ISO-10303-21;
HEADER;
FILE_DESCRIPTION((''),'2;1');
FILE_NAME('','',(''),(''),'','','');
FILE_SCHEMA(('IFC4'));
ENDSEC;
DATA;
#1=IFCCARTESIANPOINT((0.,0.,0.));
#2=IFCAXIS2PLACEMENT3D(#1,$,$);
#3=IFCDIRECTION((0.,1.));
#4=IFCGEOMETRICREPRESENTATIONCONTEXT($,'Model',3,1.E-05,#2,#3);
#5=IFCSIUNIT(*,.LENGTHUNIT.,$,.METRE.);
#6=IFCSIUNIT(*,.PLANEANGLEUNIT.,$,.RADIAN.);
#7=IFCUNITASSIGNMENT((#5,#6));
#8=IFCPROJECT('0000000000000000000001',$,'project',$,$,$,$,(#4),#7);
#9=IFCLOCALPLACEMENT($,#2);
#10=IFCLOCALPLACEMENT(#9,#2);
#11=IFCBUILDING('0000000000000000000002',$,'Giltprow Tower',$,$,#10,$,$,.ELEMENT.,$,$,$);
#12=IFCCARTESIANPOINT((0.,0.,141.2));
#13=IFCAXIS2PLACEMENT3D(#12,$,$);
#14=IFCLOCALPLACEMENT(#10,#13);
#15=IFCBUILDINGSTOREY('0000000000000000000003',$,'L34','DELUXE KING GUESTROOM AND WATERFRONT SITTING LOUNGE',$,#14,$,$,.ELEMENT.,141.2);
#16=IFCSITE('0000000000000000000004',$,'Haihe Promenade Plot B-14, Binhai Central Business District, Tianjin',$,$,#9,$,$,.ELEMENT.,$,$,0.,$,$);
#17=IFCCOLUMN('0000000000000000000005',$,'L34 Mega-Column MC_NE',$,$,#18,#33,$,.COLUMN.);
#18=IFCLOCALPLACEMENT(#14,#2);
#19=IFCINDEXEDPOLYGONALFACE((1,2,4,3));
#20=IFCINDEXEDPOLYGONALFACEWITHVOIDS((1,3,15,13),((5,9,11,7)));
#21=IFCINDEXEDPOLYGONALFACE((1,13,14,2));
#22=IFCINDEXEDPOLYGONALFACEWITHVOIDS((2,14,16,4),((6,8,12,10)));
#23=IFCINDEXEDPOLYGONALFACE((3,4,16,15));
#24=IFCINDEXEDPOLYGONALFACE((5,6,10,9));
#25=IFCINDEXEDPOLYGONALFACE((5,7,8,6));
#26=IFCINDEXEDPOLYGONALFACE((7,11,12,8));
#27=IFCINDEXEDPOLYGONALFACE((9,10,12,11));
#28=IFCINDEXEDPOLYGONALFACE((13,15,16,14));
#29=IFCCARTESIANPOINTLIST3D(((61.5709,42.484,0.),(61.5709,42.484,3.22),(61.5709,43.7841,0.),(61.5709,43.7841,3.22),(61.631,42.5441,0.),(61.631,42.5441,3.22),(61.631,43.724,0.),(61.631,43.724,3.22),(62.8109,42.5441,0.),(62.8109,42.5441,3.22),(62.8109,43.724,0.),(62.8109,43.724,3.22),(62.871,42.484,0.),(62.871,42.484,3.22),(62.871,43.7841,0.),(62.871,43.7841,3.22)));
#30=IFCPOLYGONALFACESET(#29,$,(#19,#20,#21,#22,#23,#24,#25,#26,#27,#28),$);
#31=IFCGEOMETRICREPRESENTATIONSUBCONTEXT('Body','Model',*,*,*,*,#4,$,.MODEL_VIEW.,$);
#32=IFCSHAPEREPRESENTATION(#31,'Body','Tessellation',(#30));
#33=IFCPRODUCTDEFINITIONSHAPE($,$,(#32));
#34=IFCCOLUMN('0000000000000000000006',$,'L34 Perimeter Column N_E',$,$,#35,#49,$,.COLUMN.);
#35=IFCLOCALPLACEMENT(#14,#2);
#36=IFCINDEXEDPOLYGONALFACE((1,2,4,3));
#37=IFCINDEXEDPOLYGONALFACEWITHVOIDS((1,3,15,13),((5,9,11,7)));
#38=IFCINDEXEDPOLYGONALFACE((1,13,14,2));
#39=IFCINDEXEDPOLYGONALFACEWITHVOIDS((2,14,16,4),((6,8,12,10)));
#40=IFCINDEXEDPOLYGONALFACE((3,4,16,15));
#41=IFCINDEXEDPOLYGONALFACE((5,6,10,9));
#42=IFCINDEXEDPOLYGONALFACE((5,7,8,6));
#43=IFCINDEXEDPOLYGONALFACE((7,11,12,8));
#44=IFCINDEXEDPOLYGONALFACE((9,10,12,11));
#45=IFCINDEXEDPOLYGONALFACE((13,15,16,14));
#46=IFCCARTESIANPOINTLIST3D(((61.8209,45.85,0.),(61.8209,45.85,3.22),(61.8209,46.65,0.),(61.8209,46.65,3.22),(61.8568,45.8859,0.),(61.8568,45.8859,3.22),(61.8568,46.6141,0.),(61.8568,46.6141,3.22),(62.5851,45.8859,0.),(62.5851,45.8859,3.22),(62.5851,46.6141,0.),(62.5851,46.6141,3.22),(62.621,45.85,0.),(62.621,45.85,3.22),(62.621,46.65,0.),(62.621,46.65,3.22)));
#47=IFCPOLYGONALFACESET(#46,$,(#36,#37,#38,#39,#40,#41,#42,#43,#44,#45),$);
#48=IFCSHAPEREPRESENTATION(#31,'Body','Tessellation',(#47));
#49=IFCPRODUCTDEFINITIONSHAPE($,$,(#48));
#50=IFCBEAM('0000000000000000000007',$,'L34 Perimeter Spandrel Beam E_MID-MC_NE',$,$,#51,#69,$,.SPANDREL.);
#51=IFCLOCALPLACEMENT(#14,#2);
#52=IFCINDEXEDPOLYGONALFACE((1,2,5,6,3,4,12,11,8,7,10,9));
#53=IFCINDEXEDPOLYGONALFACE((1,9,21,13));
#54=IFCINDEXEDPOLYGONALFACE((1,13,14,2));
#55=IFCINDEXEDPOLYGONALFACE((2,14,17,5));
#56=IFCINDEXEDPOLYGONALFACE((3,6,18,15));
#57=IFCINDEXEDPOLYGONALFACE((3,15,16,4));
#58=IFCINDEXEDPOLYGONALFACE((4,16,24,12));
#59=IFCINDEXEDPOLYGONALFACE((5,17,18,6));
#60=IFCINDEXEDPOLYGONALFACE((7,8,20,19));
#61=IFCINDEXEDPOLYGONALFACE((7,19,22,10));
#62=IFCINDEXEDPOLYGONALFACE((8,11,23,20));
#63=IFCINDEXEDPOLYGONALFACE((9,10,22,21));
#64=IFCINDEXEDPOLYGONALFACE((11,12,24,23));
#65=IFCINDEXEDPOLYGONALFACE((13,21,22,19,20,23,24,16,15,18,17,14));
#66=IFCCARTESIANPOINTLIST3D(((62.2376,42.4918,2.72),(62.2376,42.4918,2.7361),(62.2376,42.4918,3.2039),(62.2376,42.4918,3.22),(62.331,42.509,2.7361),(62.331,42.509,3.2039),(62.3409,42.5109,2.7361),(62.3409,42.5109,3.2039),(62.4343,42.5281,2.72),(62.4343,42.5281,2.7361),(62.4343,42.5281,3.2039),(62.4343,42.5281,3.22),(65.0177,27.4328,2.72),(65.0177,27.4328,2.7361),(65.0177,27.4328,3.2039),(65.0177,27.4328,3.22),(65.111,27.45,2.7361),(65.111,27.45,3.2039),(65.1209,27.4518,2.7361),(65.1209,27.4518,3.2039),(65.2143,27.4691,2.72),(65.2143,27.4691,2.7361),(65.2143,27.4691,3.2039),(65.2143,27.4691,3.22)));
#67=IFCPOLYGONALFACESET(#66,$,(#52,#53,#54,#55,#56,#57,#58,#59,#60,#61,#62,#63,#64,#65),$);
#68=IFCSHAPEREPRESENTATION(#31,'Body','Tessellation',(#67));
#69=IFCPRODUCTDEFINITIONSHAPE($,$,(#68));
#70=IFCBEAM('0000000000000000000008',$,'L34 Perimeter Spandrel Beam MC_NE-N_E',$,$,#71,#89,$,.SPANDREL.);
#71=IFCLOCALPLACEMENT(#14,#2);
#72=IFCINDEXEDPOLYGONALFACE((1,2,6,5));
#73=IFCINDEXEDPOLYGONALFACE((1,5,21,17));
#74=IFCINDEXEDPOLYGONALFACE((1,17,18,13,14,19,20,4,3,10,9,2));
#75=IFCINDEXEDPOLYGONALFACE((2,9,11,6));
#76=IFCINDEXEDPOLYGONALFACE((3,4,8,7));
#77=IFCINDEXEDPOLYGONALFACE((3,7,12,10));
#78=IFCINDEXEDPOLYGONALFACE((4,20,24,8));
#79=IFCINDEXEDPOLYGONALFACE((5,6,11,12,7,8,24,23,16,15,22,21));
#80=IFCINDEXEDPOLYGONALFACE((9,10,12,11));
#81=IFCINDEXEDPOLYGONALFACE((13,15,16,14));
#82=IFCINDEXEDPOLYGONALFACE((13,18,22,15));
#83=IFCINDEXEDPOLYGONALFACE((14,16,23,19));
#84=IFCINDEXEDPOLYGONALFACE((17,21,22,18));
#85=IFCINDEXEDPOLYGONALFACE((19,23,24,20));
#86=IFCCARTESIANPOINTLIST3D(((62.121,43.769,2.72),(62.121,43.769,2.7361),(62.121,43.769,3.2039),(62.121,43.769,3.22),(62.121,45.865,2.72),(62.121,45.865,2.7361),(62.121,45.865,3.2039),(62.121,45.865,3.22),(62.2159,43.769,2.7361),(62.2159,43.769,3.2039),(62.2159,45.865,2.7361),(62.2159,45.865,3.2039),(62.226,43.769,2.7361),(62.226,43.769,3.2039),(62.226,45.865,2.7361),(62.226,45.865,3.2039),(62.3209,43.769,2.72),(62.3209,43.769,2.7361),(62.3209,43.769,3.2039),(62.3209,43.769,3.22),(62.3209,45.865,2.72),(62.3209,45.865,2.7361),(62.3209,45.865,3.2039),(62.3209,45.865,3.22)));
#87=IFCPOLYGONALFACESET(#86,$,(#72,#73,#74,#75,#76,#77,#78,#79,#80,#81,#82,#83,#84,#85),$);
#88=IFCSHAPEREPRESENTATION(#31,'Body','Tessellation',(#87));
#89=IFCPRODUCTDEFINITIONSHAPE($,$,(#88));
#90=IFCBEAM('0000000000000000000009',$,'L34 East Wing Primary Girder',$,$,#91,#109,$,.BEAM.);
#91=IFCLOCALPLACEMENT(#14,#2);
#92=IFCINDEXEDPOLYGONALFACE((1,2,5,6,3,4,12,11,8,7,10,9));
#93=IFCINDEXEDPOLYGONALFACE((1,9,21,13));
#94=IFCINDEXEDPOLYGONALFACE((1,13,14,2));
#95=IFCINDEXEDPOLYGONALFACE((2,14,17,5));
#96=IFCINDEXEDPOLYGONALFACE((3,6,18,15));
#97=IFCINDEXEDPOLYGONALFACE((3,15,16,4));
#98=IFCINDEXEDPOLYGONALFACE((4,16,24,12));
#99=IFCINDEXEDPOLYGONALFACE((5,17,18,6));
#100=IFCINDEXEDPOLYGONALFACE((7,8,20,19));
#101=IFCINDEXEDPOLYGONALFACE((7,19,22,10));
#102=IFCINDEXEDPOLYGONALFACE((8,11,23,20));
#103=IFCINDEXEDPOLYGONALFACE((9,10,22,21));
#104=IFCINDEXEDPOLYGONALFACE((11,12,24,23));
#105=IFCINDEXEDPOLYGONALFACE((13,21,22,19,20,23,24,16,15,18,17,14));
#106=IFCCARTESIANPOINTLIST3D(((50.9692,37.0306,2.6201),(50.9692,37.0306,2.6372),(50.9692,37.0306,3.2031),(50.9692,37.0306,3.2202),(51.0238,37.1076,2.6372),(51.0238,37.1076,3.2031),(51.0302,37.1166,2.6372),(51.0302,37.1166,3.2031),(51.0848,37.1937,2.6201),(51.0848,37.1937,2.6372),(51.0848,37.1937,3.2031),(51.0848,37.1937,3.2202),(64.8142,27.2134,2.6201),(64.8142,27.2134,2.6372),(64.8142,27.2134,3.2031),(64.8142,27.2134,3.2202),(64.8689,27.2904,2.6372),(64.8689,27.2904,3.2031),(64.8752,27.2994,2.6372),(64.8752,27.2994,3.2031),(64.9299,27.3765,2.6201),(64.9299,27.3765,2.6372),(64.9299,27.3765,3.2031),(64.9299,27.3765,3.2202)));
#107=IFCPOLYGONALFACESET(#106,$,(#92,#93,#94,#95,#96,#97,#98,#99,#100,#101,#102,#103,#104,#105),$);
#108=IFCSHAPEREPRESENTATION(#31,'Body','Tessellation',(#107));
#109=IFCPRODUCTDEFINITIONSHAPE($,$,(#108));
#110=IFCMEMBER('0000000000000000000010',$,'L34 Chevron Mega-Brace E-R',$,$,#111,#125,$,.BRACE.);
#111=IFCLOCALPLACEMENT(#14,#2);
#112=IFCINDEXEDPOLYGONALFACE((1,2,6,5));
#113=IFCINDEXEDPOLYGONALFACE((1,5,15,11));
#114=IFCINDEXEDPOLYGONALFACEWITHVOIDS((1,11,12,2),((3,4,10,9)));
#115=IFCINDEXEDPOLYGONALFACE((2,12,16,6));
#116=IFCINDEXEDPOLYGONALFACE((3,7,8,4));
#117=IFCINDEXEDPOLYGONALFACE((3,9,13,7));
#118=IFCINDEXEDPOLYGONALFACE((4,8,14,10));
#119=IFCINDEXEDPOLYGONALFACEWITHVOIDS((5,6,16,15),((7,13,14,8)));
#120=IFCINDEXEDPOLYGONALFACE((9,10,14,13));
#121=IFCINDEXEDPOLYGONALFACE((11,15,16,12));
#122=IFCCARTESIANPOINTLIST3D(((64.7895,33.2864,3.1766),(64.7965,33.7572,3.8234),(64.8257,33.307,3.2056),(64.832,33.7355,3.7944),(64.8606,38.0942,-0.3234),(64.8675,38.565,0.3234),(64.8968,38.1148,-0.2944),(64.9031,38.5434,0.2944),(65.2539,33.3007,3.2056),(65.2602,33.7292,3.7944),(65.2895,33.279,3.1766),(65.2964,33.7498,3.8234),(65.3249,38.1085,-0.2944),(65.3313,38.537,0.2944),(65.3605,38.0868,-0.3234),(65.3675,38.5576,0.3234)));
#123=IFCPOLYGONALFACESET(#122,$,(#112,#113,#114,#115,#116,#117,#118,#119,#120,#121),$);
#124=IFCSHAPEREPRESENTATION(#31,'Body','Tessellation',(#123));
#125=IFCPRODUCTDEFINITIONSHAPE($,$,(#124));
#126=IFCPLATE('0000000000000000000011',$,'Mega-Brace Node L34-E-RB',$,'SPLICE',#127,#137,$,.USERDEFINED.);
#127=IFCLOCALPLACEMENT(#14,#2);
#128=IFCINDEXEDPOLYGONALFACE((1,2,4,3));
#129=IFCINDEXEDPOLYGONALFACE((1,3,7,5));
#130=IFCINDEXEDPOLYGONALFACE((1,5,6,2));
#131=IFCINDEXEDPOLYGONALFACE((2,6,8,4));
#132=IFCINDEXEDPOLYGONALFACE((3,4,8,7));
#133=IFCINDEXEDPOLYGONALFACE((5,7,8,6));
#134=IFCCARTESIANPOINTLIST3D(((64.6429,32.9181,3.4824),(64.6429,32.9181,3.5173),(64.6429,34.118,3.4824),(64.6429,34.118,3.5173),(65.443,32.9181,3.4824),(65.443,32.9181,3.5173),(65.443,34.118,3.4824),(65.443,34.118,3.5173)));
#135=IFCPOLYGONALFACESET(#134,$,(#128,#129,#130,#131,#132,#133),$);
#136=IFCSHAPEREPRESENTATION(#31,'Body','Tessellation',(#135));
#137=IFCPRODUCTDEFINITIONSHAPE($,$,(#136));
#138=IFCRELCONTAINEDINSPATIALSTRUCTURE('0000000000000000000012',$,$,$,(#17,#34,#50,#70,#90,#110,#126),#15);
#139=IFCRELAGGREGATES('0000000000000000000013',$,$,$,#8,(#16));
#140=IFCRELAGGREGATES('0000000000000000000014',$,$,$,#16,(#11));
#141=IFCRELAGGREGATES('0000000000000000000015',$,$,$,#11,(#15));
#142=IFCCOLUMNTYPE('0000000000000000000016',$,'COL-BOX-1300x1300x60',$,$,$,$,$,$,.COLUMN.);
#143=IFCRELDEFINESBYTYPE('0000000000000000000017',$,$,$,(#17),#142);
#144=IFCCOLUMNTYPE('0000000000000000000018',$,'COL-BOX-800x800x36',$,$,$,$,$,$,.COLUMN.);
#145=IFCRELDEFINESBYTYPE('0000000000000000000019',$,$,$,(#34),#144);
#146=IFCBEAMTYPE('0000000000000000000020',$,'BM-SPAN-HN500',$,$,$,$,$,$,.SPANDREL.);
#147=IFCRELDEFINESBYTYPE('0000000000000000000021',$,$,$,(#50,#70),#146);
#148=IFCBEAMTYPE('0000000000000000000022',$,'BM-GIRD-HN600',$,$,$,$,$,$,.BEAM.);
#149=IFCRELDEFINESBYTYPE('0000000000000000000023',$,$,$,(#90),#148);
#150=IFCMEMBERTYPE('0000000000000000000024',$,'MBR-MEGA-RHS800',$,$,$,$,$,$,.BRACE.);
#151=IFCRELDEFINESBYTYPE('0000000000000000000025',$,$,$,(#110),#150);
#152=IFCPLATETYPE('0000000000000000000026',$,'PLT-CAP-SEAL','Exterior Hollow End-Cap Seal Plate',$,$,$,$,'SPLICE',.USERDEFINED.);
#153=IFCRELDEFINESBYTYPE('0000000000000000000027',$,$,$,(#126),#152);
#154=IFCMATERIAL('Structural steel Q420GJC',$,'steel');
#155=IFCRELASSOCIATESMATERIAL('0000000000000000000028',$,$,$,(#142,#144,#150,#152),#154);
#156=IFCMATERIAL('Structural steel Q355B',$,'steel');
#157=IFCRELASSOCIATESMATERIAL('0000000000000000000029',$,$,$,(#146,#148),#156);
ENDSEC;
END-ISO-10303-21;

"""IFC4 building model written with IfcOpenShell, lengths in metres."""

from ifc_helpers import new_model, si_unit, direction, frame, origin, origin_2d, place, context, subcontext, project, spatial, rectangle, hollow_rectangle, i_section, extrude, source, transform, mapped, material, material_profile, profile_set, type_object, element, save


model = new_model("IFC4")

# Units and contexts
model_context = context("Model", 3, precision=1e-05, world=origin(), true_north=direction((0.0, 1.0)))
body_context = subcontext(model_context, "Body", "Model", "MODEL_VIEW")
ifc_project = project(units=[si_unit("LENGTHUNIT", "METRE"), si_unit("PLANEANGLEUNIT", "RADIAN")], contexts=[model_context])

# Site, building, storey
site_placement = place(None, origin())
site = spatial("IfcSite", under=ifc_project, at=site_placement, Name="Haihe Promenade Plot B-14, Binhai Central Business District, Tianjin", CompositionType="ELEMENT", RefElevation=0.0)
building_placement = place(site_placement, origin())
building = spatial("IfcBuilding", under=site, at=building_placement, Name="Giltprow Tower", CompositionType="ELEMENT")
storey_placement = place(building_placement, frame((0.0, 0.0, 141.2)))
storey = spatial("IfcBuildingStorey", under=building, at=storey_placement, Name="L34", Description="DELUXE KING GUESTROOM AND WATERFRONT SITTING LOUNGE", CompositionType="ELEMENT", Elevation=141.2)

# Columns
ifc_material_1 = material(Name="Structural steel Q420GJC", Category="steel")
ifc_material_profile_1 = material_profile(ifc_material_1, hollow_rectangle(XDim=1.3, YDim=1.3, WallThickness=0.0601, at=origin_2d()), Name="BOX 1300x1300x60")
ifc_profile_set_1 = profile_set([ifc_material_profile_1], Name="Structural steel Q420GJC")
column_type_1 = type_object("IfcColumnType", Name="COL-BOX-1300x1300x60", PredefinedType="COLUMN", material=ifc_profile_set_1)
shared_shape_1 = source(origin(), body_context, "Body", "SweptSolid", [
    extrude(hollow_rectangle(XDim=1.3, YDim=1.3, WallThickness=0.0601, at=origin_2d()), origin(), (0.0, 0.0, 1.0), 3.22),
])
column_1_placement = place(storey_placement, frame((62.2209, 43.134, 0.0), z_axis=(0.0, 0.0, 1.0), x_axis=(1.0, 0.0, 0.0)))
element("IfcColumn", 1, at=column_1_placement, inside=storey, type_object=column_type_1, Name="L34 Mega-Column MC_NE", PredefinedType="COLUMN", context=body_context, shape_type="MappedRepresentation", body=[
    mapped(shared_shape_1, transform((0.0, 0.0, 0.0), x_axis=(1.0, 0.0, 0.0), y_axis=(0.0, 1.0, 0.0), z_axis=(0.0, 0.0, 1.0), scale=1.0)),
])
ifc_material_profile_2 = material_profile(ifc_material_1, hollow_rectangle(XDim=0.8, YDim=0.8, WallThickness=0.0359, at=origin_2d()), Name="BOX 800x800x36")
ifc_profile_set_2 = profile_set([ifc_material_profile_2], Name="Structural steel Q420GJC")
column_type_2 = type_object("IfcColumnType", Name="COL-BOX-800x800x36", PredefinedType="COLUMN", material=ifc_profile_set_2)
shared_shape_2 = source(origin(), body_context, "Body", "SweptSolid", [
    extrude(hollow_rectangle(XDim=0.8, YDim=0.8, WallThickness=0.0359, at=origin_2d()), origin(), (0.0, 0.0, 1.0), 3.22),
])
column_2_placement = place(storey_placement, frame((62.2209, 46.25, 0.0), z_axis=(0.0, 0.0, 1.0), x_axis=(1.0, 0.0, 0.0)))
element("IfcColumn", 2, at=column_2_placement, inside=storey, type_object=column_type_2, Name="L34 Perimeter Column N_E", PredefinedType="COLUMN", context=body_context, shape_type="MappedRepresentation", body=[
    mapped(shared_shape_2, transform((0.0, 0.0, 0.0), x_axis=(1.0, 0.0, 0.0), y_axis=(0.0, 1.0, 0.0), z_axis=(0.0, 0.0, 1.0), scale=1.0)),
])

# Beams
ifc_material_2 = material(Name="Structural steel Q355B", Category="steel")
ifc_material_profile_3 = material_profile(ifc_material_2, i_section(OverallWidth=0.2, OverallDepth=0.5, WebThickness=0.01, FlangeThickness=0.0161, at=origin_2d()), Name="HN 500x200x10x16")
ifc_profile_set_3 = profile_set([ifc_material_profile_3], Name="Structural steel Q355B")
beam_type_1 = type_object("IfcBeamType", Name="BM-SPAN-HN500", PredefinedType="SPANDREL", material=ifc_profile_set_3)
shared_shape_3 = source(origin(), body_context, "Body", "SweptSolid", [
    extrude(i_section(OverallWidth=0.2, OverallDepth=0.5, WebThickness=0.01, FlangeThickness=0.0161, at=origin_2d()), origin(), (0.0, 0.0, 1.0), 15.3135),
])
beam_1_placement = place(storey_placement, frame((65.116, 27.4509, 2.97), z_axis=(-0.181541, 0.983383, 0.0), x_axis=(-0.983383, -0.181541, 0.0)))
element("IfcBeam", 3, at=beam_1_placement, inside=storey, type_object=beam_type_1, Name="L34 Perimeter Spandrel Beam E_MID-MC_NE", PredefinedType="SPANDREL", context=body_context, shape_type="MappedRepresentation", body=[
    mapped(shared_shape_3, transform((0.0, 0.0, 0.0), x_axis=(1.0, 0.0, 0.0), y_axis=(0.0, 1.0, 0.0), z_axis=(0.0, 0.0, 1.0), scale=1.0)),
])
shared_shape_4 = source(origin(), body_context, "Body", "SweptSolid", [
    extrude(i_section(OverallWidth=0.2, OverallDepth=0.5, WebThickness=0.01, FlangeThickness=0.0161, at=origin_2d()), origin(), (0.0, 0.0, 1.0), 2.0959),
])
beam_2_placement = place(storey_placement, frame((62.2209, 43.769, 2.97), z_axis=(0.0, 1.0, 0.0), x_axis=(-1.0, 0.0, 0.0)))
element("IfcBeam", 4, at=beam_2_placement, inside=storey, type_object=beam_type_1, Name="L34 Perimeter Spandrel Beam MC_NE-N_E", PredefinedType="SPANDREL", context=body_context, shape_type="MappedRepresentation", body=[
    mapped(shared_shape_4, transform((0.0, 0.0, 0.0), x_axis=(1.0, 0.0, 0.0), y_axis=(0.0, 1.0, 0.0), z_axis=(0.0, 0.0, 1.0), scale=1.0)),
])
ifc_material_profile_4 = material_profile(ifc_material_2, i_section(OverallWidth=0.2, OverallDepth=0.6001, WebThickness=0.011, FlangeThickness=0.0171, at=origin_2d()), Name="HN 600x200x11x17")
ifc_profile_set_4 = profile_set([ifc_material_profile_4], Name="Structural steel Q355B")
beam_type_2 = type_object("IfcBeamType", Name="BM-GIRD-HN600", PredefinedType="BEAM", material=ifc_profile_set_4)
shared_shape_5 = source(origin(), body_context, "Body", "SweptSolid", [
    extrude(i_section(OverallWidth=0.2, OverallDepth=0.6001, WebThickness=0.011, FlangeThickness=0.0171, at=origin_2d()), origin(), (0.0, 0.0, 1.0), 16.9724),
])
beam_3_placement = place(storey_placement, frame((64.8721, 27.2949, 2.9202), z_axis=(-0.815739, 0.578421, 0.0), x_axis=(-0.578421, -0.815739, 0.0)))
element("IfcBeam", 5, at=beam_3_placement, inside=storey, type_object=beam_type_2, Name="L34 East Wing Primary Girder", PredefinedType="BEAM", context=body_context, shape_type="MappedRepresentation", body=[
    mapped(shared_shape_5, transform((0.0, 0.0, 0.0), x_axis=(1.0, 0.0, 0.0), y_axis=(0.0, 1.0, 0.0), z_axis=(0.0, 0.0, 1.0), scale=1.0)),
])

# Member
ifc_material_profile_5 = material_profile(ifc_material_1, hollow_rectangle(XDim=0.5, YDim=0.8, WallThickness=0.0359, at=origin_2d()), Name="RHS 800x500x36")
ifc_profile_set_5 = profile_set([ifc_material_profile_5], Name="Structural steel Q420GJC")
member_type = type_object("IfcMemberType", Name="MBR-MEGA-RHS800", PredefinedType="BRACE", material=ifc_profile_set_5)
shared_shape_6 = source(origin(), body_context, "Body", "SweptSolid", [
    extrude(hollow_rectangle(XDim=0.5, YDim=0.8, WallThickness=0.0359, at=origin_2d()), origin(), (0.0, 0.0, 1.0), 5.9473),
])
member_placement = place(storey_placement, frame((65.114, 38.3259, 0.0), z_axis=(-0.011946, -0.808408, 0.588501), x_axis=(0.999891, -0.014775, 0.0)))
element("IfcMember", 6, at=member_placement, inside=storey, type_object=member_type, Name="L34 Chevron Mega-Brace E-R", PredefinedType="BRACE", context=body_context, shape_type="MappedRepresentation", body=[
    mapped(shared_shape_6, transform((0.0, 0.0, 0.0), x_axis=(1.0, 0.0, 0.0), y_axis=(0.0, 1.0, 0.0), z_axis=(0.0, 0.0, 1.0), scale=1.0)),
])

# Plate
plate_type = type_object("IfcPlateType", Name="PLT-CAP-SEAL", Description="Exterior Hollow End-Cap Seal Plate", ElementType="SPLICE", PredefinedType="USERDEFINED", material=ifc_material_1)
shared_shape_7 = source(origin(), body_context, "Body", "SweptSolid", [
    extrude(rectangle(XDim=1.2, YDim=0.8, at=origin_2d()), origin(), (0.0, 0.0, 1.0), 0.0349),
])
plate_placement = place(storey_placement, frame((65.043, 33.5181, 3.4824), z_axis=(0.0, 0.0, 1.0), x_axis=(0.0, 1.0, 0.0)))
element("IfcPlate", 7, at=plate_placement, inside=storey, type_object=plate_type, Name="Mega-Brace Node L34-E-RB", ObjectType="SPLICE", PredefinedType="USERDEFINED", context=body_context, shape_type="MappedRepresentation", body=[
    mapped(shared_shape_7, transform((0.0, 0.0, 0.0), x_axis=(1.0, 0.0, 0.0), y_axis=(0.0, 1.0, 0.0), z_axis=(0.0, 0.0, 1.0), scale=1.0)),
])

save(model, "model.ifc")
